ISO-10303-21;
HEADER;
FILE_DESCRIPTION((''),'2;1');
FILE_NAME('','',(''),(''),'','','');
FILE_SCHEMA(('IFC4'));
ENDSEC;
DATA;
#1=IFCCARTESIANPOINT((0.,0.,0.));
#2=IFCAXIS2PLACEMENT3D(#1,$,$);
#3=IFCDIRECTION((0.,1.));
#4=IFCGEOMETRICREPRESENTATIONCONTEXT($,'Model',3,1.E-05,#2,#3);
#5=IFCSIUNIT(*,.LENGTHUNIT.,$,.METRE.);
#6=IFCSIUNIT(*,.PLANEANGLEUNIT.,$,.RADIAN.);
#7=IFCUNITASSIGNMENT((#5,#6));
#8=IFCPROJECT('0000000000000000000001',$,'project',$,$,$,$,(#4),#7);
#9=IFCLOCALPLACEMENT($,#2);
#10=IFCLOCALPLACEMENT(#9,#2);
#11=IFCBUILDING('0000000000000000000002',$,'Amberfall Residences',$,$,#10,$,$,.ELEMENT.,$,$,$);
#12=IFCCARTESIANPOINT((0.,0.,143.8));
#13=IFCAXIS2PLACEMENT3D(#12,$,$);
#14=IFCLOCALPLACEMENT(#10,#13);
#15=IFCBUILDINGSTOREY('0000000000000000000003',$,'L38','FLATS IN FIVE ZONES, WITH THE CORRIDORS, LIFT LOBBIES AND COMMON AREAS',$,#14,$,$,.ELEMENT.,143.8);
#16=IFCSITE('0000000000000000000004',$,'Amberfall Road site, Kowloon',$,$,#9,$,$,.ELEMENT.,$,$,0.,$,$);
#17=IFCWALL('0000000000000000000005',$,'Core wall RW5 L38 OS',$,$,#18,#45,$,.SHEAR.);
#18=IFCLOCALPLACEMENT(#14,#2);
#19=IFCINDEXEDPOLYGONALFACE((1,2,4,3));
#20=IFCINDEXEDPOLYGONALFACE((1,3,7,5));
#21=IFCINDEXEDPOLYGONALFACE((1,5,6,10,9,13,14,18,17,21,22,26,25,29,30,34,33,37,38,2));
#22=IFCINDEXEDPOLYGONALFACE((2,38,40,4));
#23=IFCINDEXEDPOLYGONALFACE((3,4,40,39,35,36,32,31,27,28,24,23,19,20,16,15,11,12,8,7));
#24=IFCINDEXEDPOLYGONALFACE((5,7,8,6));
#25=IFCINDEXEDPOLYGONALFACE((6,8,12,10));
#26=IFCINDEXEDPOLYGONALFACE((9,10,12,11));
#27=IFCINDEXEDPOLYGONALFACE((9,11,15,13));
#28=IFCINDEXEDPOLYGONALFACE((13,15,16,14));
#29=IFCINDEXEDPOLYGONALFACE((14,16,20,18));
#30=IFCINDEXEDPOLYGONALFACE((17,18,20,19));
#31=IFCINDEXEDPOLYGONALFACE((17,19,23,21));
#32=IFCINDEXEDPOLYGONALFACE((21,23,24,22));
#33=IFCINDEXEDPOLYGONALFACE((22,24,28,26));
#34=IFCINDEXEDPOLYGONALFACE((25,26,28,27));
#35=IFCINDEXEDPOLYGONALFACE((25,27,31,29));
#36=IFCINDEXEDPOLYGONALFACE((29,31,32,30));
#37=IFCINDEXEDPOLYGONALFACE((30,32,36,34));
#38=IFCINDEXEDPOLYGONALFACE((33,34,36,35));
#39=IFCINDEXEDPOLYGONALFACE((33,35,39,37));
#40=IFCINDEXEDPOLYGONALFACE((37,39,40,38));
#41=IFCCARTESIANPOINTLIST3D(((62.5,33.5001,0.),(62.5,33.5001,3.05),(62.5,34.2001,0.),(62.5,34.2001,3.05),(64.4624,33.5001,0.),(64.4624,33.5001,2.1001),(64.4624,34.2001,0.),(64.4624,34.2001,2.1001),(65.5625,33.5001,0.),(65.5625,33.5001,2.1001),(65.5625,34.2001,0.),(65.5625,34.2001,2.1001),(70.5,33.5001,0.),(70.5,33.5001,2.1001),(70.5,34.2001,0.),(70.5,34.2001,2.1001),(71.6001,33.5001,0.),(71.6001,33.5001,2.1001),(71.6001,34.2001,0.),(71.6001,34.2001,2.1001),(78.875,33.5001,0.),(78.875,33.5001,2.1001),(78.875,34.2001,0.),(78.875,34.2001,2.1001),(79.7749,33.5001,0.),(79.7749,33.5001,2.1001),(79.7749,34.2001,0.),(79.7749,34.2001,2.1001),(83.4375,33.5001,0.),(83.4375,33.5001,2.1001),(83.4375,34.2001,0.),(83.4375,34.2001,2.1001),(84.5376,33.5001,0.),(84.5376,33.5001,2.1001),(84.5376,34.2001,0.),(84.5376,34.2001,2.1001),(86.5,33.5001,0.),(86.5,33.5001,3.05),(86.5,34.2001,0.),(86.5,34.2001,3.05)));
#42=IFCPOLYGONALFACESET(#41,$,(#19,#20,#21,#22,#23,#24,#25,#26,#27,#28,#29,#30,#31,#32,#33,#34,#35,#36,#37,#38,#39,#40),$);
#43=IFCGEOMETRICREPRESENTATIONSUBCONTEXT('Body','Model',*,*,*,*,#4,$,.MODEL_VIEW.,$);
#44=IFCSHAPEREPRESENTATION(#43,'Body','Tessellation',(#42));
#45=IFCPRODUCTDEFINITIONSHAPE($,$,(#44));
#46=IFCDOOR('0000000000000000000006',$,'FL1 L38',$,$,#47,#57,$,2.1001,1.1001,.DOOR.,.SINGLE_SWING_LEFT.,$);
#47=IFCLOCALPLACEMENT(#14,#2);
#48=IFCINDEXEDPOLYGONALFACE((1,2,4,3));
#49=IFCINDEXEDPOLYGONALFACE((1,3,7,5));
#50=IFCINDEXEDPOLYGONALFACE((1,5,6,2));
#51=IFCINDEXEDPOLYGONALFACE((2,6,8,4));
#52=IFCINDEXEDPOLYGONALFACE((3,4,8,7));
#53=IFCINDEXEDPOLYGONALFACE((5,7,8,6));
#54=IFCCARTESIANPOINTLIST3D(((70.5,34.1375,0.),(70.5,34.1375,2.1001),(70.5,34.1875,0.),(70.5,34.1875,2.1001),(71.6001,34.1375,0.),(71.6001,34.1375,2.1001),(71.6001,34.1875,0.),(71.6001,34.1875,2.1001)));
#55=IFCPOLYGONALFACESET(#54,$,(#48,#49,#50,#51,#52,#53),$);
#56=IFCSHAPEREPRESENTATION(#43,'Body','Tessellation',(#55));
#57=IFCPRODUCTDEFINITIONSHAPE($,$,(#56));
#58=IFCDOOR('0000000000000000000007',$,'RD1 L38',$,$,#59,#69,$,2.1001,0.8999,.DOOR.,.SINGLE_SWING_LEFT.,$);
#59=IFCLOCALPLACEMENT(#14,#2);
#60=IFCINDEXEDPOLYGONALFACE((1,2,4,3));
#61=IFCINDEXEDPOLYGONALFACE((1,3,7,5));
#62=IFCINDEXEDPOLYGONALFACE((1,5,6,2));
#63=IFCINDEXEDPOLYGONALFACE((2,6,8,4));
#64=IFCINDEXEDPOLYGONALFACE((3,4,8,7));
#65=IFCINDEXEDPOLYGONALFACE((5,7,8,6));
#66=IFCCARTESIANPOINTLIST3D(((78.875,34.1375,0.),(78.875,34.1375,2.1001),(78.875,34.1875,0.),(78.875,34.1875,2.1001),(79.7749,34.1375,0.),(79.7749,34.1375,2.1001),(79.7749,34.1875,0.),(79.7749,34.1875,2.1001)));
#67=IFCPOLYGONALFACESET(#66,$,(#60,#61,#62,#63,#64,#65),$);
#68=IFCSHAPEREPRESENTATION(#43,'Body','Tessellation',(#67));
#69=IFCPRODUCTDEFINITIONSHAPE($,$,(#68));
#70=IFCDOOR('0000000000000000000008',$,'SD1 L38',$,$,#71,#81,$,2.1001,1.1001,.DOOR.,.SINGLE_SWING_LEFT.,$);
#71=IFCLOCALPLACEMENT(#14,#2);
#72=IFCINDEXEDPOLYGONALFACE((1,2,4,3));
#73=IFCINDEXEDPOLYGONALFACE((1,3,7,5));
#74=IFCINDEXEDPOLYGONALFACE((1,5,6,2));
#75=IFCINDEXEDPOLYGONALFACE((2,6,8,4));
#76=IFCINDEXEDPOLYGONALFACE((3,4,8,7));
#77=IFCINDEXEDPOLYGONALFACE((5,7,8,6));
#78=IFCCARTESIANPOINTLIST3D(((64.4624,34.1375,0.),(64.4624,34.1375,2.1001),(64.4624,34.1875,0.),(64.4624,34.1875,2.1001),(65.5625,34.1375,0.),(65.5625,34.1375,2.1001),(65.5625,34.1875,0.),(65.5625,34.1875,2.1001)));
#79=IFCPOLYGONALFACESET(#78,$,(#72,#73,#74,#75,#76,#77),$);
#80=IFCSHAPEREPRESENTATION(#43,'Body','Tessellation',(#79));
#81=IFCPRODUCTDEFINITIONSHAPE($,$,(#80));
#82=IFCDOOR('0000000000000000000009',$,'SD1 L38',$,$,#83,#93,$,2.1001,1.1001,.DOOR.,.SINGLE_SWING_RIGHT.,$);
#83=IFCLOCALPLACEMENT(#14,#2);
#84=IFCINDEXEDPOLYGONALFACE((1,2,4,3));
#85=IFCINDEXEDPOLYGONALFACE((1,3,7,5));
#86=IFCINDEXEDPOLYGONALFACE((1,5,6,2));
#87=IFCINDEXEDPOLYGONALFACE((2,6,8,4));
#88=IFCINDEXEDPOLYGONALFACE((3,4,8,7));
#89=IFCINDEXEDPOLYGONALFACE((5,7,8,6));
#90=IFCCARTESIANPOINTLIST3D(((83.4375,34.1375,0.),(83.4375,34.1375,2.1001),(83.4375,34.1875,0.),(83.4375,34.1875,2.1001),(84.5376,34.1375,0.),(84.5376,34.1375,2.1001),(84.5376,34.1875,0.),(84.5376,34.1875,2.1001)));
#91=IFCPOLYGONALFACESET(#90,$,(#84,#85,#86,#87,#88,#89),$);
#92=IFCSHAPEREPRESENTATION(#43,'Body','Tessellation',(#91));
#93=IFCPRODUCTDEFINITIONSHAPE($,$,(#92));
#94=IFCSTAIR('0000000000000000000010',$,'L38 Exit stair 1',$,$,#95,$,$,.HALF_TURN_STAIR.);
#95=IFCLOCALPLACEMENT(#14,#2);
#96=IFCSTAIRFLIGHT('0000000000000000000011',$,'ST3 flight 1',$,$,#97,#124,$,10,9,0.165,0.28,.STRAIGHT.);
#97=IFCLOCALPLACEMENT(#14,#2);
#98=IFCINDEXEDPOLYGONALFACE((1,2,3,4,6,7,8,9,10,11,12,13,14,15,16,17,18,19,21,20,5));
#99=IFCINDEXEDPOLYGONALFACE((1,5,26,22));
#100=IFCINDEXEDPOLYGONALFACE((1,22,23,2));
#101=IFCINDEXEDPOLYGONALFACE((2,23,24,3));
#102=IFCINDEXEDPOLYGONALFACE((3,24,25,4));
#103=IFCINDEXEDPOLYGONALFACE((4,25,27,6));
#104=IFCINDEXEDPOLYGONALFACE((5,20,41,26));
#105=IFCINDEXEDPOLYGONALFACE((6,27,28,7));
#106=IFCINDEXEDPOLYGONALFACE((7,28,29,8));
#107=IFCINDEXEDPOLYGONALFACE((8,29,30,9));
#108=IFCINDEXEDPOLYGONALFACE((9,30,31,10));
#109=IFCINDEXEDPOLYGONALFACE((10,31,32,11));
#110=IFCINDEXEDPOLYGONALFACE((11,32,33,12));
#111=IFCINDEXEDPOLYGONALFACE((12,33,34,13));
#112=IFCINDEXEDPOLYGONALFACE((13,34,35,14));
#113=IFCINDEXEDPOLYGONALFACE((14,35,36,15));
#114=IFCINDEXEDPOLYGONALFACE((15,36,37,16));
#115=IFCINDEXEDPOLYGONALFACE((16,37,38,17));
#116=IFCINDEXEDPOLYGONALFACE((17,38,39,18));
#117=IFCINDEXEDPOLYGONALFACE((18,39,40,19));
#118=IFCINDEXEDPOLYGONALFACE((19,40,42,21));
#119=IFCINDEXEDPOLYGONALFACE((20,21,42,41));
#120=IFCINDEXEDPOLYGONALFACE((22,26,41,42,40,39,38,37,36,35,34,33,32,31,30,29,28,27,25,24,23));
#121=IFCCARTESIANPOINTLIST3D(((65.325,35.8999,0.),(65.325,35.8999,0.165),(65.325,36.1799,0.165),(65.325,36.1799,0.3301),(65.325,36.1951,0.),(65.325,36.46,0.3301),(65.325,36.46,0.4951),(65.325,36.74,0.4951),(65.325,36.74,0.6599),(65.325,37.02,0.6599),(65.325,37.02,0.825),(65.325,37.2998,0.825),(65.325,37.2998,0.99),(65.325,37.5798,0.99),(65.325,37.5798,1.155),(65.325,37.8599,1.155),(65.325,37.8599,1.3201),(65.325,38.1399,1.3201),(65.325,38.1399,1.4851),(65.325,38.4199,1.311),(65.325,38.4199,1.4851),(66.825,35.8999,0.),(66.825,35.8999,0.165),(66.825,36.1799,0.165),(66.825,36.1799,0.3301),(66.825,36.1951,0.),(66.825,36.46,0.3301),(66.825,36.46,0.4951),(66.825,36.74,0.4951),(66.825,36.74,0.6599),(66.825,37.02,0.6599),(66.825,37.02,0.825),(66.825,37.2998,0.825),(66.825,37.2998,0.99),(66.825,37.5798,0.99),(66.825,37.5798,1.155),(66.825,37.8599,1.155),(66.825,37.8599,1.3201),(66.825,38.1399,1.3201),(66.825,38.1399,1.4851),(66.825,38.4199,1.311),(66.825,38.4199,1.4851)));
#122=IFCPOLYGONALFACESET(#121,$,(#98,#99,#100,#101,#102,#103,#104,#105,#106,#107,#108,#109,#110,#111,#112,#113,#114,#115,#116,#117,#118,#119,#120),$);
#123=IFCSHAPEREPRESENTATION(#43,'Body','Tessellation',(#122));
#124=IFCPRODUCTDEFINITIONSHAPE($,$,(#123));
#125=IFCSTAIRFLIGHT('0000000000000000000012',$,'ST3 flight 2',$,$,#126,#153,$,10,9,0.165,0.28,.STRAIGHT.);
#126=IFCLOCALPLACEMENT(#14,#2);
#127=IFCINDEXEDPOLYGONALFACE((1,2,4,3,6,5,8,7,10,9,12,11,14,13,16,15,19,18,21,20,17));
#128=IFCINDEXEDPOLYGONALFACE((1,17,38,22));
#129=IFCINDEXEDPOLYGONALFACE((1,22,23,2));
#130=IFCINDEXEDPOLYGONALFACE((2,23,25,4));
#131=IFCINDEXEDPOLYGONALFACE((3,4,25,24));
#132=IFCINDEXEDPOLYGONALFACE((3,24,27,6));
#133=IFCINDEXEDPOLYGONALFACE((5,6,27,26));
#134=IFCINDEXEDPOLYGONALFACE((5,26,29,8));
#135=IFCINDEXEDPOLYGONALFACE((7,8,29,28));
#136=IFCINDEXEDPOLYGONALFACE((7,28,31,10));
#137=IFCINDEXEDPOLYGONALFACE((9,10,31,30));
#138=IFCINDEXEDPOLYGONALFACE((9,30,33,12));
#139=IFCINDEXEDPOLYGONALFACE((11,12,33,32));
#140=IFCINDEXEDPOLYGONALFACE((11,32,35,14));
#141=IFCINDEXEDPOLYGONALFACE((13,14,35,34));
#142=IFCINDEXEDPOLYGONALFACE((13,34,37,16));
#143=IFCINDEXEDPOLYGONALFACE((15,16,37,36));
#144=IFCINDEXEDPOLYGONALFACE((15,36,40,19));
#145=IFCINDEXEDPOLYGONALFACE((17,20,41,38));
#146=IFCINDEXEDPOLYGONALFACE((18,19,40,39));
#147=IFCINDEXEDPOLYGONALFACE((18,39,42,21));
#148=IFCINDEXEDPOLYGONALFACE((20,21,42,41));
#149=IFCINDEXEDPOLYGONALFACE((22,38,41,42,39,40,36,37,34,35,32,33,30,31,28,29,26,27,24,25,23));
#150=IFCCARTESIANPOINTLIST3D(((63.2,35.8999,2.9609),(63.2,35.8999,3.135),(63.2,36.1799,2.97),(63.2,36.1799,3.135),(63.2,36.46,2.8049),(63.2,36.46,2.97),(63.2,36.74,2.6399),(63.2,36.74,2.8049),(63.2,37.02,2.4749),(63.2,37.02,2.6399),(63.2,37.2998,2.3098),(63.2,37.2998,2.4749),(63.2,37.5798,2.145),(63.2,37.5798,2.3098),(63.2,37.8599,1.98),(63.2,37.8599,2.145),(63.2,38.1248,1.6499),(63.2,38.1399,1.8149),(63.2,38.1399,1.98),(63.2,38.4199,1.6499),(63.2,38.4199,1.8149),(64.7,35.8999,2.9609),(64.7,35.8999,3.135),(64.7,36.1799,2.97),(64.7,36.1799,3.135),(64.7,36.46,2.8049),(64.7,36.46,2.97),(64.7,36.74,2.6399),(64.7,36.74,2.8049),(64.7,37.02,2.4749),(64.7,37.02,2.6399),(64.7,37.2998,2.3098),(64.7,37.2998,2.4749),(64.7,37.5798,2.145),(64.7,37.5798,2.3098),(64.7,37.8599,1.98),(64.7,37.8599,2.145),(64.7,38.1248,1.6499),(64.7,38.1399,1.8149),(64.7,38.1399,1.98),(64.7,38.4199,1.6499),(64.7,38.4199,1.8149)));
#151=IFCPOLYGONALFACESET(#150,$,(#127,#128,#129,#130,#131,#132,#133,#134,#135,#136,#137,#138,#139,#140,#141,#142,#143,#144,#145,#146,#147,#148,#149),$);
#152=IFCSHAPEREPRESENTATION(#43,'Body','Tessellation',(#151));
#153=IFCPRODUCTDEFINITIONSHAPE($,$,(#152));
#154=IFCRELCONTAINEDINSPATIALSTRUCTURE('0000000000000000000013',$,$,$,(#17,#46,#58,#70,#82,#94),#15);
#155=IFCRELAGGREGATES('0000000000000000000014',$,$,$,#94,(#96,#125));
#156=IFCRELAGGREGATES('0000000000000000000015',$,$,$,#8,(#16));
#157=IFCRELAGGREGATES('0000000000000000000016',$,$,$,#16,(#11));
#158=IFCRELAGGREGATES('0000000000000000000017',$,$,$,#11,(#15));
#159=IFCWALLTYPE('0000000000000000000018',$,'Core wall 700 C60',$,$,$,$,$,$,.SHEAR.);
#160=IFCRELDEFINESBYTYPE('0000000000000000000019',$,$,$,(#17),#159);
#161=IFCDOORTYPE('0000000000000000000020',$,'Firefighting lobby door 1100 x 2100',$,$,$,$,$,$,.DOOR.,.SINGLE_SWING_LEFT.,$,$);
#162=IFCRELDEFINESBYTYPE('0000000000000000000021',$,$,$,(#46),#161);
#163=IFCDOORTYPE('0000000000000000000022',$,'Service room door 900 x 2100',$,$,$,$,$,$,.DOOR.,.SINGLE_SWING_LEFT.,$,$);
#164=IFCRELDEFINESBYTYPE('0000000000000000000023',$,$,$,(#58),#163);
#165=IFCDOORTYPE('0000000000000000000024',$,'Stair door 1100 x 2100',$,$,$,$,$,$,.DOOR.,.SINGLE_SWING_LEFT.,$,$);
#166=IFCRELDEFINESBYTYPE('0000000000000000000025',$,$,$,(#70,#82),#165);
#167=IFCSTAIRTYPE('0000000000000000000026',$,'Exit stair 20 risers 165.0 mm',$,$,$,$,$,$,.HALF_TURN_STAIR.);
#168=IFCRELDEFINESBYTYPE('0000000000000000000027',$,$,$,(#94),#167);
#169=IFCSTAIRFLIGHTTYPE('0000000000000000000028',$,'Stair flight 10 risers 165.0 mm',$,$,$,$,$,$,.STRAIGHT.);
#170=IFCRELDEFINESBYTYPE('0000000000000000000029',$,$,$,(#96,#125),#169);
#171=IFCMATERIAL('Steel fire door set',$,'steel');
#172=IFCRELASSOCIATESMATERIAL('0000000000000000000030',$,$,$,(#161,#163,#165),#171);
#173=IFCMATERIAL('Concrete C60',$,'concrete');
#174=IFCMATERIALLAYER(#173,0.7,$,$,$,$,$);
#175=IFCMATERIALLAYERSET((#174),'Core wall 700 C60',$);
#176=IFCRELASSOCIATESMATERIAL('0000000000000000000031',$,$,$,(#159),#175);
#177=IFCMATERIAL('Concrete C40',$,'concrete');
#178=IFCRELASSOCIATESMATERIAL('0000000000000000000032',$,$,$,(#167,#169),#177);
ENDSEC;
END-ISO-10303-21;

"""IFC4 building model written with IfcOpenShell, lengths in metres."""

from ifc_helpers import new_model, si_unit, direction, frame, frame_2d, origin, place, context, subcontext, project, spatial, polyline, rectangle, outline, extrude, material, layer, layer_set, type_object, element, fill, aggregate, save


model = new_model("IFC4")

# Units and contexts
model_context = context("Model", 3, precision=1e-05, world=origin(), true_north=direction((0.0, 1.0)))
body_context = subcontext(model_context, "Body", "Model", "MODEL_VIEW")
ifc_project = project(units=[si_unit("LENGTHUNIT", "METRE"), si_unit("PLANEANGLEUNIT", "RADIAN")], contexts=[model_context])

# Site, building, storey
site_placement = place(None, origin())
site = spatial("IfcSite", under=ifc_project, at=site_placement, Name="Amberfall Road site, Kowloon", CompositionType="ELEMENT", RefElevation=0.0)
building_placement = place(site_placement, origin())
building = spatial("IfcBuilding", under=site, at=building_placement, Name="Amberfall Residences", CompositionType="ELEMENT")
storey_placement = place(building_placement, frame((0.0, 0.0, 143.8)))
storey = spatial("IfcBuildingStorey", under=building, at=storey_placement, Name="L38", Description="FLATS IN FIVE ZONES, WITH THE CORRIDORS, LIFT LOBBIES AND COMMON AREAS", CompositionType="ELEMENT", Elevation=143.8)

# Shared definitions
ifc_material_1 = material(Name="Concrete C60", Category="concrete")

# Shared definitions
ifc_material_2 = material(Name="Steel fire door set", Category="steel")
door_type_1 = type_object("IfcDoorType", Name="Firefighting lobby door 1100 x 2100", OperationType="SINGLE_SWING_LEFT", PredefinedType="DOOR", material=ifc_material_2)

# Wall, openings, doors
ifc_layer_1 = layer(ifc_material_1, 0.7)
ifc_layer_set_1 = layer_set([ifc_layer_1], Name="Core wall 700 C60")
wall_type_1 = type_object("IfcWallType", Name="Core wall 700 C60", PredefinedType="SHEAR", material=ifc_layer_set_1)
wall_1_placement = place(storey_placement, frame((62.5, 33.8501, 0.0), z_axis=(0.0, 0.0, 1.0), x_axis=(1.0, 0.0, 0.0)))
wall_1 = element("IfcWall", 1, at=wall_1_placement, inside=storey, type_object=wall_type_1, Name="Core wall RW5 L38 OS", PredefinedType="SHEAR", context=body_context, shape_type="SweptSolid", body=[
    extrude(rectangle(XDim=24.0, YDim=0.7, at=frame_2d((12.0, 0.0))), origin(), (0.0, 0.0, 1.0), 3.05),
])
opening_1_placement = place(wall_1_placement, frame((1.9624, 0.0, 0.0)))
opening_1 = element("IfcOpeningElement", 2, at=opening_1_placement, cuts=wall_1, PredefinedType="OPENING", context=body_context, shape_type="SweptSolid", body=[
    extrude(rectangle(XDim=1.1001, YDim=2.1001, at=frame_2d((0.55, 1.05))), frame((0.0, 0.3599, 0.0), z_axis=(0.0, -1.0, 0.0), x_axis=(1.0, 0.0, 0.0)), (0.0, 0.0, 1.0), 0.72),
])
opening_2_placement = place(wall_1_placement, frame((20.9375, 0.0, 0.0)))
opening_2 = element("IfcOpeningElement", 3, at=opening_2_placement, cuts=wall_1, PredefinedType="OPENING", context=body_context, shape_type="SweptSolid", body=[
    extrude(rectangle(XDim=1.1001, YDim=2.1001, at=frame_2d((0.55, 1.05))), frame((0.0, 0.3599, 0.0), z_axis=(0.0, -1.0, 0.0), x_axis=(1.0, 0.0, 0.0)), (0.0, 0.0, 1.0), 0.72),
])
opening_3_placement = place(wall_1_placement, frame((8.0, 0.0, 0.0)))
opening_3 = element("IfcOpeningElement", 4, at=opening_3_placement, cuts=wall_1, PredefinedType="OPENING", context=body_context, shape_type="SweptSolid", body=[
    extrude(rectangle(XDim=1.1001, YDim=2.1001, at=frame_2d((0.55, 1.05))), frame((0.0, 0.3599, 0.0), z_axis=(0.0, -1.0, 0.0), x_axis=(1.0, 0.0, 0.0)), (0.0, 0.0, 1.0), 0.72),
])
opening_4_placement = place(wall_1_placement, frame((16.375, 0.0, 0.0)))
opening_4 = element("IfcOpeningElement", 5, at=opening_4_placement, cuts=wall_1, PredefinedType="OPENING", context=body_context, shape_type="SweptSolid", body=[
    extrude(rectangle(XDim=0.8999, YDim=2.1001, at=frame_2d((0.45, 1.05))), frame((0.0, 0.3599, 0.0), z_axis=(0.0, -1.0, 0.0), x_axis=(1.0, 0.0, 0.0)), (0.0, 0.0, 1.0), 0.72),
])
door_1_placement = place(opening_3_placement, origin())
door_1 = element("IfcDoor", 6, at=door_1_placement, inside=storey, type_object=door_type_1, Name="FL1 L38", OperationType="SINGLE_SWING_LEFT", OverallHeight=2.1001, OverallWidth=1.1001, PredefinedType="DOOR", context=body_context, shape_type="SweptSolid", body=[
    extrude(rectangle(XDim=1.1001, YDim=2.1001, at=frame_2d((0.55, 1.05))), frame((0.0, 0.3374, 0.0), z_axis=(0.0, -1.0, 0.0), x_axis=(1.0, 0.0, 0.0)), (0.0, 0.0, 1.0), 0.05),
])
fill(opening_3, door_1)
door_type_2 = type_object("IfcDoorType", Name="Service room door 900 x 2100", OperationType="SINGLE_SWING_LEFT", PredefinedType="DOOR", material=ifc_material_2)
door_2_placement = place(opening_4_placement, origin())
door_2 = element("IfcDoor", 7, at=door_2_placement, inside=storey, type_object=door_type_2, Name="RD1 L38", OperationType="SINGLE_SWING_LEFT", OverallHeight=2.1001, OverallWidth=0.8999, PredefinedType="DOOR", context=body_context, shape_type="SweptSolid", body=[
    extrude(rectangle(XDim=0.8999, YDim=2.1001, at=frame_2d((0.45, 1.05))), frame((0.0, 0.3374, 0.0), z_axis=(0.0, -1.0, 0.0), x_axis=(1.0, 0.0, 0.0)), (0.0, 0.0, 1.0), 0.05),
])
fill(opening_4, door_2)
door_type_3 = type_object("IfcDoorType", Name="Stair door 1100 x 2100", OperationType="SINGLE_SWING_LEFT", PredefinedType="DOOR", material=ifc_material_2)
door_3_placement = place(opening_1_placement, origin())
door_3 = element("IfcDoor", 8, at=door_3_placement, inside=storey, type_object=door_type_3, Name="SD1 L38", OperationType="SINGLE_SWING_LEFT", OverallHeight=2.1001, OverallWidth=1.1001, PredefinedType="DOOR", context=body_context, shape_type="SweptSolid", body=[
    extrude(rectangle(XDim=1.1001, YDim=2.1001, at=frame_2d((0.55, 1.05))), frame((0.0, 0.3374, 0.0), z_axis=(0.0, -1.0, 0.0), x_axis=(1.0, 0.0, 0.0)), (0.0, 0.0, 1.0), 0.05),
])
fill(opening_1, door_3)
door_4_placement = place(opening_2_placement, origin())
door_4 = element("IfcDoor", 9, at=door_4_placement, inside=storey, type_object=door_type_3, Name="SD1 L38", OperationType="SINGLE_SWING_RIGHT", OverallHeight=2.1001, OverallWidth=1.1001, PredefinedType="DOOR", context=body_context, shape_type="SweptSolid", body=[
    extrude(rectangle(XDim=1.1001, YDim=2.1001, at=frame_2d((0.55, 1.05))), frame((0.0, 0.3374, 0.0), z_axis=(0.0, -1.0, 0.0), x_axis=(1.0, 0.0, 0.0)), (0.0, 0.0, 1.0), 0.05),
])
fill(opening_2, door_4)

# Stair, stair flights
ifc_material_3 = material(Name="Concrete C40", Category="concrete")
stair_type = type_object("IfcStairType", Name="Exit stair 20 risers 165.0 mm", PredefinedType="HALF_TURN_STAIR", material=ifc_material_3)
stair_placement = place(storey_placement, origin())
stair = element("IfcStair", 10, at=stair_placement, inside=storey, type_object=stair_type, Name="L38 Exit stair 1", PredefinedType="HALF_TURN_STAIR")
stair_flight_type = type_object("IfcStairFlightType", Name="Stair flight 10 risers 165.0 mm", PredefinedType="STRAIGHT", material=ifc_material_3)
stair_flight_1_placement = place(storey_placement, frame((66.075, 35.8999, 0.0), z_axis=(0.0, 0.0, 1.0), x_axis=(0.0, 1.0, 0.0)))
stair_flight_1 = element("IfcStairFlight", 11, at=stair_flight_1_placement, type_object=stair_flight_type, Name="ST3 flight 1", NumberOfRisers=10, NumberOfTreads=9, PredefinedType="STRAIGHT", RiserHeight=0.165, TreadLength=0.28, context=body_context, shape_type="SweptSolid", body=[
    extrude(outline(polyline([(0.0, 0.0), (0.0, 0.165), (0.28, 0.165), (0.28, 0.3301), (0.5601, 0.3301), (0.5601, 0.4951), (0.8401, 0.4951), (0.8401, 0.6599), (1.1201, 0.6599), (1.1201, 0.825), (1.3999, 0.825), (1.3999, 0.99), (1.6799, 0.99), (1.6799, 1.155), (1.96, 1.155), (1.96, 1.3201), (2.24, 1.3201), (2.24, 1.4851), (2.52, 1.4851), (2.52, 1.6499), (2.52, 1.311), (0.2952, 0.0), (0.0, 0.0)])), frame((0.0, 0.75, 0.0), z_axis=(0.0, -1.0, 0.0), x_axis=(1.0, 0.0, 0.0)), (0.0, 0.0, 1.0), 1.5),
])
stair_flight_2_placement = place(storey_placement, frame((63.95, 38.4199, 1.6499), z_axis=(0.0, 0.0, 1.0), x_axis=(0.0, -1.0, 0.0)))
stair_flight_2 = element("IfcStairFlight", 12, at=stair_flight_2_placement, type_object=stair_flight_type, Name="ST3 flight 2", NumberOfRisers=10, NumberOfTreads=9, PredefinedType="STRAIGHT", RiserHeight=0.165, TreadLength=0.28, context=body_context, shape_type="SweptSolid", body=[
    extrude(outline(polyline([(0.0, 0.0), (0.0, 0.165), (0.28, 0.165), (0.28, 0.3301), (0.5601, 0.3301), (0.5601, 0.4951), (0.8401, 0.4951), (0.8401, 0.6599), (1.1201, 0.6599), (1.1201, 0.825), (1.3999, 0.825), (1.3999, 0.99), (1.6799, 0.99), (1.6799, 1.155), (1.96, 1.155), (1.96, 1.3201), (2.24, 1.3201), (2.24, 1.4851), (2.52, 1.4851), (2.52, 1.6499), (2.52, 1.311), (0.2952, 0.0), (0.0, 0.0)])), frame((0.0, 0.75, 0.0), z_axis=(0.0, -1.0, 0.0), x_axis=(1.0, 0.0, 0.0)), (0.0, 0.0, 1.0), 1.5),
])
aggregate(stair, [stair_flight_1, stair_flight_2])

save(model, "model.ifc")
